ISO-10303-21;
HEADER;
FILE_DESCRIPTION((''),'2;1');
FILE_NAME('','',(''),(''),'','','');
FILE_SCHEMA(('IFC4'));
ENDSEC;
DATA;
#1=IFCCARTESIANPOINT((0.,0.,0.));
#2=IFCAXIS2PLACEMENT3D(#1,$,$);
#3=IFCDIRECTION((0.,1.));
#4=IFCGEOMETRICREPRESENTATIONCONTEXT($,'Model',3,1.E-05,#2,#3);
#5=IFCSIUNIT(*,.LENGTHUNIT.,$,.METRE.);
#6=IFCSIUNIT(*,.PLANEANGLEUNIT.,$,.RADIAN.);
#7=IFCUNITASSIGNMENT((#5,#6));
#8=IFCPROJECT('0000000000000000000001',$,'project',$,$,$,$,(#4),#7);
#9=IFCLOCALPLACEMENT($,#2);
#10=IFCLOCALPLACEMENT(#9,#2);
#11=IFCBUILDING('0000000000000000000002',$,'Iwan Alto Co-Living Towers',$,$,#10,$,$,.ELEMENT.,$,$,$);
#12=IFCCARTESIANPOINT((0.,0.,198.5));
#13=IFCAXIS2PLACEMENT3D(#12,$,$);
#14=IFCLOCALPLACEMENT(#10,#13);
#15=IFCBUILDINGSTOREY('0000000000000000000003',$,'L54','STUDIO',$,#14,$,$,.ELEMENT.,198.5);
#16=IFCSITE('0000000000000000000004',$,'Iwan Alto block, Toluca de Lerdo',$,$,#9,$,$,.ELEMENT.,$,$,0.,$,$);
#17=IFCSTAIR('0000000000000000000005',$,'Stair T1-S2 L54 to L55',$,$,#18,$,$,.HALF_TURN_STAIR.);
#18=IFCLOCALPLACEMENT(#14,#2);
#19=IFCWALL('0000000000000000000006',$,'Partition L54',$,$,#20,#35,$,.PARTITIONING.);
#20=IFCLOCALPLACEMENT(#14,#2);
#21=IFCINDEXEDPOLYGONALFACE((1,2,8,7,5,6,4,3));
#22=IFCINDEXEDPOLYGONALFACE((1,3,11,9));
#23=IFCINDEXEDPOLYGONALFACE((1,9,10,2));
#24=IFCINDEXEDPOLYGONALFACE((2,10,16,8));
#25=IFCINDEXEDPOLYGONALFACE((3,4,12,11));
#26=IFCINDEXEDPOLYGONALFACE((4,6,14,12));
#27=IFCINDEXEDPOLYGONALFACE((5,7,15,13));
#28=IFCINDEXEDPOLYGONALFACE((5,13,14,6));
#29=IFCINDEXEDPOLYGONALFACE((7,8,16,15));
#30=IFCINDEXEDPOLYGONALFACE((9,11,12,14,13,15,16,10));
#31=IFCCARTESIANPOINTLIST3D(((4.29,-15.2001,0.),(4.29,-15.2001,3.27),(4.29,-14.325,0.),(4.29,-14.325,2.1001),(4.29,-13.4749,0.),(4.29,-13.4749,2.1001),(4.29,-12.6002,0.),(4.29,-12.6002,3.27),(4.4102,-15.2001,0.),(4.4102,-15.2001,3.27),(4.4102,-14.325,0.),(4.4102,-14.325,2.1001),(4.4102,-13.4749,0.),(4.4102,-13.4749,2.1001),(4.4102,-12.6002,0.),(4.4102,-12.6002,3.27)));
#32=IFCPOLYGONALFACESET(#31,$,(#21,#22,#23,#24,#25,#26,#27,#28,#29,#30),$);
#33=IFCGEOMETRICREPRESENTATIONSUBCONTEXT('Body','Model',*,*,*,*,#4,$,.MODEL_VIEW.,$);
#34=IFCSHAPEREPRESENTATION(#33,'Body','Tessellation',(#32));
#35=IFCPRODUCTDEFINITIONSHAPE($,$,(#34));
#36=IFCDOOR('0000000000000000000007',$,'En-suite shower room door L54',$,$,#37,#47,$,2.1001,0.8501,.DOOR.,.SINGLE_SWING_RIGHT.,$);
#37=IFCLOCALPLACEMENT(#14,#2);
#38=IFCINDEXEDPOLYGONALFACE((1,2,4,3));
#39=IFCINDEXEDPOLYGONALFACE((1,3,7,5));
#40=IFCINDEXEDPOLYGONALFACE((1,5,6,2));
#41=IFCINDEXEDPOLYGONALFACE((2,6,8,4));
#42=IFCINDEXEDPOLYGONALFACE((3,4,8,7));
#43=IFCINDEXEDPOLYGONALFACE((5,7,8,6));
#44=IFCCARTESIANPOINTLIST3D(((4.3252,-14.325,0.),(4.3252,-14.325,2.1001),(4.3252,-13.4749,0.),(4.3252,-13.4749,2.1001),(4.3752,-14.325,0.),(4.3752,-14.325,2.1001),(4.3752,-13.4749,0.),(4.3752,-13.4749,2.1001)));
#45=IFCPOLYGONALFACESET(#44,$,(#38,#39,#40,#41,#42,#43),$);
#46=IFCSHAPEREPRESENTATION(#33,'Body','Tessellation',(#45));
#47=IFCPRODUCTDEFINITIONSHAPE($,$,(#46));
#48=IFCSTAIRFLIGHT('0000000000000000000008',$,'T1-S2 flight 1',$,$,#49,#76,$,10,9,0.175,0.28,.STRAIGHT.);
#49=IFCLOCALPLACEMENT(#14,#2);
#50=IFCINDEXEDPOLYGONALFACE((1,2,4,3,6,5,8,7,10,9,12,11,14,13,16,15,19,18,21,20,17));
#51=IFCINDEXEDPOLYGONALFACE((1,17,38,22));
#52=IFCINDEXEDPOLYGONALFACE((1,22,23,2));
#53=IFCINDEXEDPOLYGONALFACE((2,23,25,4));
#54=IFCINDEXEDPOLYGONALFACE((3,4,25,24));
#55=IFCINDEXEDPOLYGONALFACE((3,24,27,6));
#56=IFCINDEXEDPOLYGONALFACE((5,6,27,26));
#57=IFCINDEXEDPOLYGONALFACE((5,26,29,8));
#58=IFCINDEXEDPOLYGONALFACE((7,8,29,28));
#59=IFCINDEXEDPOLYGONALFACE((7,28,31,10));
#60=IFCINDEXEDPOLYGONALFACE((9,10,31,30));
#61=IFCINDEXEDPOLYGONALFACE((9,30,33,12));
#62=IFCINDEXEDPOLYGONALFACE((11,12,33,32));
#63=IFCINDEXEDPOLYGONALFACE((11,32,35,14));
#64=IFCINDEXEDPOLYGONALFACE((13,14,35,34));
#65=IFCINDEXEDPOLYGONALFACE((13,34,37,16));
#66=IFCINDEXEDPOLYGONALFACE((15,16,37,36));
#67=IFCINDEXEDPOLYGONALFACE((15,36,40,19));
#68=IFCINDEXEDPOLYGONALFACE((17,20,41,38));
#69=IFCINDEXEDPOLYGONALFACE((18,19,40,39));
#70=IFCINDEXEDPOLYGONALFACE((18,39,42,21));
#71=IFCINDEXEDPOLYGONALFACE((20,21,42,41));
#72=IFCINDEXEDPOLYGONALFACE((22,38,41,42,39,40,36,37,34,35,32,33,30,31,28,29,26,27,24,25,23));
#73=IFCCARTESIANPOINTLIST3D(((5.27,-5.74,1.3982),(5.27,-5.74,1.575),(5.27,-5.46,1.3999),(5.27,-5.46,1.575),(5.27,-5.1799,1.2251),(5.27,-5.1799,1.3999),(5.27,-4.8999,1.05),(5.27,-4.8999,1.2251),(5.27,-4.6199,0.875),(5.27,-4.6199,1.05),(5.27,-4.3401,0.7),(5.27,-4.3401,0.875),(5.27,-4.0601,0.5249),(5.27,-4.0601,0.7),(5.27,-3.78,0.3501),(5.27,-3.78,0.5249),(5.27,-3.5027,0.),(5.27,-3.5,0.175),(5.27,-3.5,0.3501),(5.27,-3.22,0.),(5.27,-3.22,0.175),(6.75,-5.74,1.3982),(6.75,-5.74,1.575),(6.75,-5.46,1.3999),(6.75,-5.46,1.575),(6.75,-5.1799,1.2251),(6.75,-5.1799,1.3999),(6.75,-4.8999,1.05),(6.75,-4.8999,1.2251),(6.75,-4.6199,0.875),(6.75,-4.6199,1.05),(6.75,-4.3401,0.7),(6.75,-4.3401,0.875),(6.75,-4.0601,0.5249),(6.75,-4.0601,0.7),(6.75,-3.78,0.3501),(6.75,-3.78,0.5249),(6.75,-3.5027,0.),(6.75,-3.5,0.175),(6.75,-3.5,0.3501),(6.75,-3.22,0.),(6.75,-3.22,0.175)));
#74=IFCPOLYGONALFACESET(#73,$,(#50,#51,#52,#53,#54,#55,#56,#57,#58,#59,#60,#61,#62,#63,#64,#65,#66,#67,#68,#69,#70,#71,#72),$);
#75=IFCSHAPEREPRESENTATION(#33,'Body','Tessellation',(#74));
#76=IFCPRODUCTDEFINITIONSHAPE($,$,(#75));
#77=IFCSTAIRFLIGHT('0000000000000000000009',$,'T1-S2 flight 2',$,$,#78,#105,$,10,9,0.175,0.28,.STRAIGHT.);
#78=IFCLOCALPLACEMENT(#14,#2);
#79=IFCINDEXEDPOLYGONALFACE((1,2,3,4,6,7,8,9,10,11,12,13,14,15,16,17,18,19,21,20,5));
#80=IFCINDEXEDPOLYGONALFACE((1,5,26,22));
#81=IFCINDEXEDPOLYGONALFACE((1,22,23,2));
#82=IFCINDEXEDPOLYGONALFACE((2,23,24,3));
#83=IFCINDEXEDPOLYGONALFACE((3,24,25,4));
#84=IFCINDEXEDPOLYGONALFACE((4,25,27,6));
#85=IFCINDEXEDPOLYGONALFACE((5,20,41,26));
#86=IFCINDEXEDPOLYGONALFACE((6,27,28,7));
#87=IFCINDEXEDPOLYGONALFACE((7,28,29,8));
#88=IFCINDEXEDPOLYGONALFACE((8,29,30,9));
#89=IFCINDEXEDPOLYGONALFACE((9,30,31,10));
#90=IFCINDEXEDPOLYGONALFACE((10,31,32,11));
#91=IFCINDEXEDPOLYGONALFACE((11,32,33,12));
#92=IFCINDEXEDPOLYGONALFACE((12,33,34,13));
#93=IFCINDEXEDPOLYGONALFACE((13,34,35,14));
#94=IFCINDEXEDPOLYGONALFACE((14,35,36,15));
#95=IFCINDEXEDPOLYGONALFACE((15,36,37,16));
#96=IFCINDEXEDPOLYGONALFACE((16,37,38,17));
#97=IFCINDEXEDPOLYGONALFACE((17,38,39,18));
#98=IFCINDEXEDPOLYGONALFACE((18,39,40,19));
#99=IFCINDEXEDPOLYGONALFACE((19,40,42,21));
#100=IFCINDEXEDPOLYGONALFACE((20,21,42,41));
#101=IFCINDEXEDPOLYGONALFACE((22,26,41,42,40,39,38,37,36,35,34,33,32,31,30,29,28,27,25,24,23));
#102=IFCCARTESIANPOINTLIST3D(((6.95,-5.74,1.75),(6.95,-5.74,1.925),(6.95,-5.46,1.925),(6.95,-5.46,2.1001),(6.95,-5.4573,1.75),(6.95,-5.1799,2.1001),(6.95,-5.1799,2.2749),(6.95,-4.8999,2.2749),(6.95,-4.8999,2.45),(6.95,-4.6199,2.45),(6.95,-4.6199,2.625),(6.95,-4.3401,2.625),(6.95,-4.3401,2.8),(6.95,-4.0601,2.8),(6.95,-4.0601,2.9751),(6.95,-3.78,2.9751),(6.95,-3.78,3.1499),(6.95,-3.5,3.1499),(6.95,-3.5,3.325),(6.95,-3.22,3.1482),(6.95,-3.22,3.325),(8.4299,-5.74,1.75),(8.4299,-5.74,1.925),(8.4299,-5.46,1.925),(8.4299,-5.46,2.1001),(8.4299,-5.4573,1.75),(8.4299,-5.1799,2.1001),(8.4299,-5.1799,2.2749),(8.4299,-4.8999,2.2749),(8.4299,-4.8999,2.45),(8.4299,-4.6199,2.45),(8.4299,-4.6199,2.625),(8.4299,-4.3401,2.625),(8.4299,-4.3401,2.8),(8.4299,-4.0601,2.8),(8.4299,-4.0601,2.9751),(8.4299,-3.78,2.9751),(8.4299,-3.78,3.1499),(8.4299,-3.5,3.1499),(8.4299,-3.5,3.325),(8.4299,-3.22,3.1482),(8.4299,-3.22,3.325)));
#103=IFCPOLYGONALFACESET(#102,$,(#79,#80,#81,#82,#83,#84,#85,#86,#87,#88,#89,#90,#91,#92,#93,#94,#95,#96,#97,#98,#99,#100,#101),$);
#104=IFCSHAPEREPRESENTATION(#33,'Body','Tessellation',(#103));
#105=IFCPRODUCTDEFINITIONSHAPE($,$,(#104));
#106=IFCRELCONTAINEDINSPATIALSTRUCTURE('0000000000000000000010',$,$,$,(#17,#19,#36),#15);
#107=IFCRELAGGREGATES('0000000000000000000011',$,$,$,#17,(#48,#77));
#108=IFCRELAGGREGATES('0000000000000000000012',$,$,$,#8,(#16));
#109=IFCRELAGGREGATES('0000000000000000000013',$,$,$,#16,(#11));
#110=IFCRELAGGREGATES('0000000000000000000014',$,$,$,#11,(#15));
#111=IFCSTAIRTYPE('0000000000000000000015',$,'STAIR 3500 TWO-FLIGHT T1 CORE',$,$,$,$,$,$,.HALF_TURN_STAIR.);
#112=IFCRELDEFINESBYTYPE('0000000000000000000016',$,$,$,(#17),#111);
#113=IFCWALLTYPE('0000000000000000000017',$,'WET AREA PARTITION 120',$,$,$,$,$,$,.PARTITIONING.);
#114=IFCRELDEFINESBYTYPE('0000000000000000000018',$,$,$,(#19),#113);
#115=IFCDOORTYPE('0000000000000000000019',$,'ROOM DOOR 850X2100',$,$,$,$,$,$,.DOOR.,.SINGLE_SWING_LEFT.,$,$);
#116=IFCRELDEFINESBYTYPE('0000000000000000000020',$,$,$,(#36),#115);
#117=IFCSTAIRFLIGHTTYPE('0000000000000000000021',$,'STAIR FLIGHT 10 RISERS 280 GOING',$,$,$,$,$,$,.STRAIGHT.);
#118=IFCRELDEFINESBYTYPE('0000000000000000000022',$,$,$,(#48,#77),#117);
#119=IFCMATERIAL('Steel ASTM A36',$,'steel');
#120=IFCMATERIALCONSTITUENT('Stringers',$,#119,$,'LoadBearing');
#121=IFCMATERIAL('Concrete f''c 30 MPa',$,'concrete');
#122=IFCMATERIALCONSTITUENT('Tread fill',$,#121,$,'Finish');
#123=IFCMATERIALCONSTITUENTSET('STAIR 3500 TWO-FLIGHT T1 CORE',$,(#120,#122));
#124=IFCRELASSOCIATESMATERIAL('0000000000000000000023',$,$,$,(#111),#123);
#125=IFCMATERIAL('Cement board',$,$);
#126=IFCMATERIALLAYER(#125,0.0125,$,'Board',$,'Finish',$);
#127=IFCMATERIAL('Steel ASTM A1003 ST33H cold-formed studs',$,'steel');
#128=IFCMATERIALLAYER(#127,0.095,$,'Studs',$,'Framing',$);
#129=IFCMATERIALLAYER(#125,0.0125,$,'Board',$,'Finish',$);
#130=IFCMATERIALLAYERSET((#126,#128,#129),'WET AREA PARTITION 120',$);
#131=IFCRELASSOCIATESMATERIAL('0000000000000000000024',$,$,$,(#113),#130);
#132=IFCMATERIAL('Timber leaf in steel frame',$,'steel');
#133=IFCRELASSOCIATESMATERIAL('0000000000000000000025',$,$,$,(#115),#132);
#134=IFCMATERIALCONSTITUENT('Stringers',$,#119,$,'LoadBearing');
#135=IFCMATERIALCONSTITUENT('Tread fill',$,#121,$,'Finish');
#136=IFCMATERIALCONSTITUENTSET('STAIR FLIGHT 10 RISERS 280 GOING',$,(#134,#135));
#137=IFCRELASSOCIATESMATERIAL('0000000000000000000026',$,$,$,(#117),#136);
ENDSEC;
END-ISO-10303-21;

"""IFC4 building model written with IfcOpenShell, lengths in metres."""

from ifc_helpers import new_model, si_unit, direction, frame, frame_2d, origin, place, context, subcontext, project, spatial, polyline, rectangle, outline, extrude, material, layer, layer_set, constituent, constituent_set, type_object, element, fill, aggregate, save


model = new_model("IFC4")

# Units and contexts
model_context = context("Model", 3, precision=1e-05, world=origin(), true_north=direction((0.0, 1.0)))
body_context = subcontext(model_context, "Body", "Model", "MODEL_VIEW")
ifc_project = project(units=[si_unit("LENGTHUNIT", "METRE"), si_unit("PLANEANGLEUNIT", "RADIAN")], contexts=[model_context])

# Site, building, storey
site_placement = place(None, origin())
site = spatial("IfcSite", under=ifc_project, at=site_placement, Name="Iwan Alto block, Toluca de Lerdo", CompositionType="ELEMENT", RefElevation=0.0)
building_placement = place(site_placement, origin())
building = spatial("IfcBuilding", under=site, at=building_placement, Name="Iwan Alto Co-Living Towers", CompositionType="ELEMENT")
storey_placement = place(building_placement, frame((0.0, 0.0, 198.5)))
storey = spatial("IfcBuildingStorey", under=building, at=storey_placement, Name="L54", Description="STUDIO", CompositionType="ELEMENT", Elevation=198.5)

# Stair
ifc_material_1 = material(Name="Steel ASTM A36", Category="steel")
ifc_constituent_1 = constituent(ifc_material_1, Name="Stringers", Category="LoadBearing")
ifc_material_2 = material(Name="Concrete f'c 30 MPa", Category="concrete")
ifc_constituent_2 = constituent(ifc_material_2, Name="Tread fill", Category="Finish")
ifc_constituent_set_1 = constituent_set(constituents=[ifc_constituent_1, ifc_constituent_2], Name="STAIR 3500 TWO-FLIGHT T1 CORE")
stair_type = type_object("IfcStairType", Name="STAIR 3500 TWO-FLIGHT T1 CORE", PredefinedType="HALF_TURN_STAIR", material=ifc_constituent_set_1)
stair_1_placement = place(storey_placement, origin())
stair_1 = element("IfcStair", 1, at=stair_1_placement, inside=storey, type_object=stair_type, Name="Stair T1-S2 L54 to L55", PredefinedType="HALF_TURN_STAIR")

# Shared definitions
ifc_material_3 = material(Name="Steel ASTM A1003 ST33H cold-formed studs", Category="steel")

# Shared definitions
ifc_material_4 = material(Name="Cement board")
ifc_layer_1 = layer(ifc_material_4, 0.0125, Name="Board", Category="Finish")
ifc_layer_2 = layer(ifc_material_3, 0.095, Name="Studs", Category="Framing")
ifc_layer_3 = layer(ifc_material_4, 0.0125, Name="Board", Category="Finish")
ifc_layer_set_1 = layer_set([ifc_layer_1, ifc_layer_2, ifc_layer_3], Name="WET AREA PARTITION 120")
wall_type_1 = type_object("IfcWallType", Name="WET AREA PARTITION 120", PredefinedType="PARTITIONING", material=ifc_layer_set_1)

# Wall, opening, door
wall_1_placement = place(storey_placement, frame((4.3501, -15.2, 0.0), z_axis=(0.0, 0.0, 1.0), x_axis=(0.0, 1.0, 0.0)))
wall_1 = element("IfcWall", 2, at=wall_1_placement, inside=storey, type_object=wall_type_1, Name="Partition L54", PredefinedType="PARTITIONING", context=body_context, shape_type="SweptSolid", body=[
    extrude(rectangle(XDim=2.5999, YDim=0.1201, at=frame_2d((1.2998, 0.0))), origin(), (0.0, 0.0, 1.0), 3.27),
])
opening_1_placement = place(wall_1_placement, frame((0.875, 0.0, 0.0)))
opening_1 = element("IfcOpeningElement", 3, at=opening_1_placement, cuts=wall_1, PredefinedType="OPENING", context=body_context, shape_type="SweptSolid", body=[
    extrude(rectangle(XDim=0.8501, YDim=2.1001, at=frame_2d((0.425, 1.05))), frame((0.0, 0.0701, 0.0), z_axis=(0.0, -1.0, 0.0), x_axis=(1.0, 0.0, 0.0)), (0.0, 0.0, 1.0), 0.1401),
])
ifc_material_5 = material(Name="Timber leaf in steel frame", Category="steel")
door_type_1 = type_object("IfcDoorType", Name="ROOM DOOR 850X2100", OperationType="SINGLE_SWING_LEFT", PredefinedType="DOOR", material=ifc_material_5)
door_1_placement = place(opening_1_placement, origin())
door_1 = element("IfcDoor", 4, at=door_1_placement, inside=storey, type_object=door_type_1, Name="En-suite shower room door L54", OperationType="SINGLE_SWING_RIGHT", OverallHeight=2.1001, OverallWidth=0.8501, PredefinedType="DOOR", context=body_context, shape_type="SweptSolid", body=[
    extrude(rectangle(XDim=0.8501, YDim=2.1001, at=frame_2d((0.425, 1.05))), frame((0.0, 0.0249, 0.0), z_axis=(0.0, -1.0, 0.0), x_axis=(1.0, 0.0, 0.0)), (0.0, 0.0, 1.0), 0.05),
])
fill(opening_1, door_1)

# Stair flights
ifc_constituent_3 = constituent(ifc_material_1, Name="Stringers", Category="LoadBearing")
ifc_constituent_4 = constituent(ifc_material_2, Name="Tread fill", Category="Finish")
ifc_constituent_set_2 = constituent_set(constituents=[ifc_constituent_3, ifc_constituent_4], Name="STAIR FLIGHT 10 RISERS 280 GOING")
stair_flight_type = type_object("IfcStairFlightType", Name="STAIR FLIGHT 10 RISERS 280 GOING", PredefinedType="STRAIGHT", material=ifc_constituent_set_2)
stair_flight_1_placement = place(storey_placement, frame((6.01, -3.22, 0.0), z_axis=(0.0, 0.0, 1.0), x_axis=(0.0, -1.0, 0.0)))
stair_flight_1 = element("IfcStairFlight", 5, at=stair_flight_1_placement, type_object=stair_flight_type, Name="T1-S2 flight 1", NumberOfRisers=10, NumberOfTreads=9, PredefinedType="STRAIGHT", RiserHeight=0.175, TreadLength=0.28, context=body_context, shape_type="SweptSolid", body=[
    extrude(outline(polyline([(0.0, 0.0), (0.0, 0.175), (0.28, 0.175), (0.28, 0.3501), (0.5601, 0.3501), (0.5601, 0.5249), (0.8401, 0.5249), (0.8401, 0.7), (1.1201, 0.7), (1.1201, 0.875), (1.3999, 0.875), (1.3999, 1.05), (1.6799, 1.05), (1.6799, 1.2251), (1.96, 1.2251), (1.96, 1.3999), (2.24, 1.3999), (2.24, 1.575), (2.52, 1.575), (2.52, 1.75), (2.52, 1.3982), (0.2827, 0.0), (0.0, 0.0)])), frame((0.0, 0.74, 0.0), z_axis=(0.0, -1.0, 0.0), x_axis=(1.0, 0.0, 0.0)), (0.0, 0.0, 1.0), 1.48),
])
stair_flight_2_placement = place(storey_placement, frame((7.6899, -5.74, 1.75), z_axis=(0.0, 0.0, 1.0), x_axis=(0.0, 1.0, 0.0)))
stair_flight_2 = element("IfcStairFlight", 6, at=stair_flight_2_placement, type_object=stair_flight_type, Name="T1-S2 flight 2", NumberOfRisers=10, NumberOfTreads=9, PredefinedType="STRAIGHT", RiserHeight=0.175, TreadLength=0.28, context=body_context, shape_type="SweptSolid", body=[
    extrude(outline(polyline([(0.0, 0.0), (0.0, 0.175), (0.28, 0.175), (0.28, 0.3501), (0.5601, 0.3501), (0.5601, 0.5249), (0.8401, 0.5249), (0.8401, 0.7), (1.1201, 0.7), (1.1201, 0.875), (1.3999, 0.875), (1.3999, 1.05), (1.6799, 1.05), (1.6799, 1.2251), (1.96, 1.2251), (1.96, 1.3999), (2.24, 1.3999), (2.24, 1.575), (2.52, 1.575), (2.52, 1.75), (2.52, 1.3982), (0.2827, 0.0), (0.0, 0.0)])), frame((0.0, 0.74, 0.0), z_axis=(0.0, -1.0, 0.0), x_axis=(1.0, 0.0, 0.0)), (0.0, 0.0, 1.0), 1.48),
])
aggregate(stair_1, [stair_flight_1, stair_flight_2])

save(model, "model.ifc")
